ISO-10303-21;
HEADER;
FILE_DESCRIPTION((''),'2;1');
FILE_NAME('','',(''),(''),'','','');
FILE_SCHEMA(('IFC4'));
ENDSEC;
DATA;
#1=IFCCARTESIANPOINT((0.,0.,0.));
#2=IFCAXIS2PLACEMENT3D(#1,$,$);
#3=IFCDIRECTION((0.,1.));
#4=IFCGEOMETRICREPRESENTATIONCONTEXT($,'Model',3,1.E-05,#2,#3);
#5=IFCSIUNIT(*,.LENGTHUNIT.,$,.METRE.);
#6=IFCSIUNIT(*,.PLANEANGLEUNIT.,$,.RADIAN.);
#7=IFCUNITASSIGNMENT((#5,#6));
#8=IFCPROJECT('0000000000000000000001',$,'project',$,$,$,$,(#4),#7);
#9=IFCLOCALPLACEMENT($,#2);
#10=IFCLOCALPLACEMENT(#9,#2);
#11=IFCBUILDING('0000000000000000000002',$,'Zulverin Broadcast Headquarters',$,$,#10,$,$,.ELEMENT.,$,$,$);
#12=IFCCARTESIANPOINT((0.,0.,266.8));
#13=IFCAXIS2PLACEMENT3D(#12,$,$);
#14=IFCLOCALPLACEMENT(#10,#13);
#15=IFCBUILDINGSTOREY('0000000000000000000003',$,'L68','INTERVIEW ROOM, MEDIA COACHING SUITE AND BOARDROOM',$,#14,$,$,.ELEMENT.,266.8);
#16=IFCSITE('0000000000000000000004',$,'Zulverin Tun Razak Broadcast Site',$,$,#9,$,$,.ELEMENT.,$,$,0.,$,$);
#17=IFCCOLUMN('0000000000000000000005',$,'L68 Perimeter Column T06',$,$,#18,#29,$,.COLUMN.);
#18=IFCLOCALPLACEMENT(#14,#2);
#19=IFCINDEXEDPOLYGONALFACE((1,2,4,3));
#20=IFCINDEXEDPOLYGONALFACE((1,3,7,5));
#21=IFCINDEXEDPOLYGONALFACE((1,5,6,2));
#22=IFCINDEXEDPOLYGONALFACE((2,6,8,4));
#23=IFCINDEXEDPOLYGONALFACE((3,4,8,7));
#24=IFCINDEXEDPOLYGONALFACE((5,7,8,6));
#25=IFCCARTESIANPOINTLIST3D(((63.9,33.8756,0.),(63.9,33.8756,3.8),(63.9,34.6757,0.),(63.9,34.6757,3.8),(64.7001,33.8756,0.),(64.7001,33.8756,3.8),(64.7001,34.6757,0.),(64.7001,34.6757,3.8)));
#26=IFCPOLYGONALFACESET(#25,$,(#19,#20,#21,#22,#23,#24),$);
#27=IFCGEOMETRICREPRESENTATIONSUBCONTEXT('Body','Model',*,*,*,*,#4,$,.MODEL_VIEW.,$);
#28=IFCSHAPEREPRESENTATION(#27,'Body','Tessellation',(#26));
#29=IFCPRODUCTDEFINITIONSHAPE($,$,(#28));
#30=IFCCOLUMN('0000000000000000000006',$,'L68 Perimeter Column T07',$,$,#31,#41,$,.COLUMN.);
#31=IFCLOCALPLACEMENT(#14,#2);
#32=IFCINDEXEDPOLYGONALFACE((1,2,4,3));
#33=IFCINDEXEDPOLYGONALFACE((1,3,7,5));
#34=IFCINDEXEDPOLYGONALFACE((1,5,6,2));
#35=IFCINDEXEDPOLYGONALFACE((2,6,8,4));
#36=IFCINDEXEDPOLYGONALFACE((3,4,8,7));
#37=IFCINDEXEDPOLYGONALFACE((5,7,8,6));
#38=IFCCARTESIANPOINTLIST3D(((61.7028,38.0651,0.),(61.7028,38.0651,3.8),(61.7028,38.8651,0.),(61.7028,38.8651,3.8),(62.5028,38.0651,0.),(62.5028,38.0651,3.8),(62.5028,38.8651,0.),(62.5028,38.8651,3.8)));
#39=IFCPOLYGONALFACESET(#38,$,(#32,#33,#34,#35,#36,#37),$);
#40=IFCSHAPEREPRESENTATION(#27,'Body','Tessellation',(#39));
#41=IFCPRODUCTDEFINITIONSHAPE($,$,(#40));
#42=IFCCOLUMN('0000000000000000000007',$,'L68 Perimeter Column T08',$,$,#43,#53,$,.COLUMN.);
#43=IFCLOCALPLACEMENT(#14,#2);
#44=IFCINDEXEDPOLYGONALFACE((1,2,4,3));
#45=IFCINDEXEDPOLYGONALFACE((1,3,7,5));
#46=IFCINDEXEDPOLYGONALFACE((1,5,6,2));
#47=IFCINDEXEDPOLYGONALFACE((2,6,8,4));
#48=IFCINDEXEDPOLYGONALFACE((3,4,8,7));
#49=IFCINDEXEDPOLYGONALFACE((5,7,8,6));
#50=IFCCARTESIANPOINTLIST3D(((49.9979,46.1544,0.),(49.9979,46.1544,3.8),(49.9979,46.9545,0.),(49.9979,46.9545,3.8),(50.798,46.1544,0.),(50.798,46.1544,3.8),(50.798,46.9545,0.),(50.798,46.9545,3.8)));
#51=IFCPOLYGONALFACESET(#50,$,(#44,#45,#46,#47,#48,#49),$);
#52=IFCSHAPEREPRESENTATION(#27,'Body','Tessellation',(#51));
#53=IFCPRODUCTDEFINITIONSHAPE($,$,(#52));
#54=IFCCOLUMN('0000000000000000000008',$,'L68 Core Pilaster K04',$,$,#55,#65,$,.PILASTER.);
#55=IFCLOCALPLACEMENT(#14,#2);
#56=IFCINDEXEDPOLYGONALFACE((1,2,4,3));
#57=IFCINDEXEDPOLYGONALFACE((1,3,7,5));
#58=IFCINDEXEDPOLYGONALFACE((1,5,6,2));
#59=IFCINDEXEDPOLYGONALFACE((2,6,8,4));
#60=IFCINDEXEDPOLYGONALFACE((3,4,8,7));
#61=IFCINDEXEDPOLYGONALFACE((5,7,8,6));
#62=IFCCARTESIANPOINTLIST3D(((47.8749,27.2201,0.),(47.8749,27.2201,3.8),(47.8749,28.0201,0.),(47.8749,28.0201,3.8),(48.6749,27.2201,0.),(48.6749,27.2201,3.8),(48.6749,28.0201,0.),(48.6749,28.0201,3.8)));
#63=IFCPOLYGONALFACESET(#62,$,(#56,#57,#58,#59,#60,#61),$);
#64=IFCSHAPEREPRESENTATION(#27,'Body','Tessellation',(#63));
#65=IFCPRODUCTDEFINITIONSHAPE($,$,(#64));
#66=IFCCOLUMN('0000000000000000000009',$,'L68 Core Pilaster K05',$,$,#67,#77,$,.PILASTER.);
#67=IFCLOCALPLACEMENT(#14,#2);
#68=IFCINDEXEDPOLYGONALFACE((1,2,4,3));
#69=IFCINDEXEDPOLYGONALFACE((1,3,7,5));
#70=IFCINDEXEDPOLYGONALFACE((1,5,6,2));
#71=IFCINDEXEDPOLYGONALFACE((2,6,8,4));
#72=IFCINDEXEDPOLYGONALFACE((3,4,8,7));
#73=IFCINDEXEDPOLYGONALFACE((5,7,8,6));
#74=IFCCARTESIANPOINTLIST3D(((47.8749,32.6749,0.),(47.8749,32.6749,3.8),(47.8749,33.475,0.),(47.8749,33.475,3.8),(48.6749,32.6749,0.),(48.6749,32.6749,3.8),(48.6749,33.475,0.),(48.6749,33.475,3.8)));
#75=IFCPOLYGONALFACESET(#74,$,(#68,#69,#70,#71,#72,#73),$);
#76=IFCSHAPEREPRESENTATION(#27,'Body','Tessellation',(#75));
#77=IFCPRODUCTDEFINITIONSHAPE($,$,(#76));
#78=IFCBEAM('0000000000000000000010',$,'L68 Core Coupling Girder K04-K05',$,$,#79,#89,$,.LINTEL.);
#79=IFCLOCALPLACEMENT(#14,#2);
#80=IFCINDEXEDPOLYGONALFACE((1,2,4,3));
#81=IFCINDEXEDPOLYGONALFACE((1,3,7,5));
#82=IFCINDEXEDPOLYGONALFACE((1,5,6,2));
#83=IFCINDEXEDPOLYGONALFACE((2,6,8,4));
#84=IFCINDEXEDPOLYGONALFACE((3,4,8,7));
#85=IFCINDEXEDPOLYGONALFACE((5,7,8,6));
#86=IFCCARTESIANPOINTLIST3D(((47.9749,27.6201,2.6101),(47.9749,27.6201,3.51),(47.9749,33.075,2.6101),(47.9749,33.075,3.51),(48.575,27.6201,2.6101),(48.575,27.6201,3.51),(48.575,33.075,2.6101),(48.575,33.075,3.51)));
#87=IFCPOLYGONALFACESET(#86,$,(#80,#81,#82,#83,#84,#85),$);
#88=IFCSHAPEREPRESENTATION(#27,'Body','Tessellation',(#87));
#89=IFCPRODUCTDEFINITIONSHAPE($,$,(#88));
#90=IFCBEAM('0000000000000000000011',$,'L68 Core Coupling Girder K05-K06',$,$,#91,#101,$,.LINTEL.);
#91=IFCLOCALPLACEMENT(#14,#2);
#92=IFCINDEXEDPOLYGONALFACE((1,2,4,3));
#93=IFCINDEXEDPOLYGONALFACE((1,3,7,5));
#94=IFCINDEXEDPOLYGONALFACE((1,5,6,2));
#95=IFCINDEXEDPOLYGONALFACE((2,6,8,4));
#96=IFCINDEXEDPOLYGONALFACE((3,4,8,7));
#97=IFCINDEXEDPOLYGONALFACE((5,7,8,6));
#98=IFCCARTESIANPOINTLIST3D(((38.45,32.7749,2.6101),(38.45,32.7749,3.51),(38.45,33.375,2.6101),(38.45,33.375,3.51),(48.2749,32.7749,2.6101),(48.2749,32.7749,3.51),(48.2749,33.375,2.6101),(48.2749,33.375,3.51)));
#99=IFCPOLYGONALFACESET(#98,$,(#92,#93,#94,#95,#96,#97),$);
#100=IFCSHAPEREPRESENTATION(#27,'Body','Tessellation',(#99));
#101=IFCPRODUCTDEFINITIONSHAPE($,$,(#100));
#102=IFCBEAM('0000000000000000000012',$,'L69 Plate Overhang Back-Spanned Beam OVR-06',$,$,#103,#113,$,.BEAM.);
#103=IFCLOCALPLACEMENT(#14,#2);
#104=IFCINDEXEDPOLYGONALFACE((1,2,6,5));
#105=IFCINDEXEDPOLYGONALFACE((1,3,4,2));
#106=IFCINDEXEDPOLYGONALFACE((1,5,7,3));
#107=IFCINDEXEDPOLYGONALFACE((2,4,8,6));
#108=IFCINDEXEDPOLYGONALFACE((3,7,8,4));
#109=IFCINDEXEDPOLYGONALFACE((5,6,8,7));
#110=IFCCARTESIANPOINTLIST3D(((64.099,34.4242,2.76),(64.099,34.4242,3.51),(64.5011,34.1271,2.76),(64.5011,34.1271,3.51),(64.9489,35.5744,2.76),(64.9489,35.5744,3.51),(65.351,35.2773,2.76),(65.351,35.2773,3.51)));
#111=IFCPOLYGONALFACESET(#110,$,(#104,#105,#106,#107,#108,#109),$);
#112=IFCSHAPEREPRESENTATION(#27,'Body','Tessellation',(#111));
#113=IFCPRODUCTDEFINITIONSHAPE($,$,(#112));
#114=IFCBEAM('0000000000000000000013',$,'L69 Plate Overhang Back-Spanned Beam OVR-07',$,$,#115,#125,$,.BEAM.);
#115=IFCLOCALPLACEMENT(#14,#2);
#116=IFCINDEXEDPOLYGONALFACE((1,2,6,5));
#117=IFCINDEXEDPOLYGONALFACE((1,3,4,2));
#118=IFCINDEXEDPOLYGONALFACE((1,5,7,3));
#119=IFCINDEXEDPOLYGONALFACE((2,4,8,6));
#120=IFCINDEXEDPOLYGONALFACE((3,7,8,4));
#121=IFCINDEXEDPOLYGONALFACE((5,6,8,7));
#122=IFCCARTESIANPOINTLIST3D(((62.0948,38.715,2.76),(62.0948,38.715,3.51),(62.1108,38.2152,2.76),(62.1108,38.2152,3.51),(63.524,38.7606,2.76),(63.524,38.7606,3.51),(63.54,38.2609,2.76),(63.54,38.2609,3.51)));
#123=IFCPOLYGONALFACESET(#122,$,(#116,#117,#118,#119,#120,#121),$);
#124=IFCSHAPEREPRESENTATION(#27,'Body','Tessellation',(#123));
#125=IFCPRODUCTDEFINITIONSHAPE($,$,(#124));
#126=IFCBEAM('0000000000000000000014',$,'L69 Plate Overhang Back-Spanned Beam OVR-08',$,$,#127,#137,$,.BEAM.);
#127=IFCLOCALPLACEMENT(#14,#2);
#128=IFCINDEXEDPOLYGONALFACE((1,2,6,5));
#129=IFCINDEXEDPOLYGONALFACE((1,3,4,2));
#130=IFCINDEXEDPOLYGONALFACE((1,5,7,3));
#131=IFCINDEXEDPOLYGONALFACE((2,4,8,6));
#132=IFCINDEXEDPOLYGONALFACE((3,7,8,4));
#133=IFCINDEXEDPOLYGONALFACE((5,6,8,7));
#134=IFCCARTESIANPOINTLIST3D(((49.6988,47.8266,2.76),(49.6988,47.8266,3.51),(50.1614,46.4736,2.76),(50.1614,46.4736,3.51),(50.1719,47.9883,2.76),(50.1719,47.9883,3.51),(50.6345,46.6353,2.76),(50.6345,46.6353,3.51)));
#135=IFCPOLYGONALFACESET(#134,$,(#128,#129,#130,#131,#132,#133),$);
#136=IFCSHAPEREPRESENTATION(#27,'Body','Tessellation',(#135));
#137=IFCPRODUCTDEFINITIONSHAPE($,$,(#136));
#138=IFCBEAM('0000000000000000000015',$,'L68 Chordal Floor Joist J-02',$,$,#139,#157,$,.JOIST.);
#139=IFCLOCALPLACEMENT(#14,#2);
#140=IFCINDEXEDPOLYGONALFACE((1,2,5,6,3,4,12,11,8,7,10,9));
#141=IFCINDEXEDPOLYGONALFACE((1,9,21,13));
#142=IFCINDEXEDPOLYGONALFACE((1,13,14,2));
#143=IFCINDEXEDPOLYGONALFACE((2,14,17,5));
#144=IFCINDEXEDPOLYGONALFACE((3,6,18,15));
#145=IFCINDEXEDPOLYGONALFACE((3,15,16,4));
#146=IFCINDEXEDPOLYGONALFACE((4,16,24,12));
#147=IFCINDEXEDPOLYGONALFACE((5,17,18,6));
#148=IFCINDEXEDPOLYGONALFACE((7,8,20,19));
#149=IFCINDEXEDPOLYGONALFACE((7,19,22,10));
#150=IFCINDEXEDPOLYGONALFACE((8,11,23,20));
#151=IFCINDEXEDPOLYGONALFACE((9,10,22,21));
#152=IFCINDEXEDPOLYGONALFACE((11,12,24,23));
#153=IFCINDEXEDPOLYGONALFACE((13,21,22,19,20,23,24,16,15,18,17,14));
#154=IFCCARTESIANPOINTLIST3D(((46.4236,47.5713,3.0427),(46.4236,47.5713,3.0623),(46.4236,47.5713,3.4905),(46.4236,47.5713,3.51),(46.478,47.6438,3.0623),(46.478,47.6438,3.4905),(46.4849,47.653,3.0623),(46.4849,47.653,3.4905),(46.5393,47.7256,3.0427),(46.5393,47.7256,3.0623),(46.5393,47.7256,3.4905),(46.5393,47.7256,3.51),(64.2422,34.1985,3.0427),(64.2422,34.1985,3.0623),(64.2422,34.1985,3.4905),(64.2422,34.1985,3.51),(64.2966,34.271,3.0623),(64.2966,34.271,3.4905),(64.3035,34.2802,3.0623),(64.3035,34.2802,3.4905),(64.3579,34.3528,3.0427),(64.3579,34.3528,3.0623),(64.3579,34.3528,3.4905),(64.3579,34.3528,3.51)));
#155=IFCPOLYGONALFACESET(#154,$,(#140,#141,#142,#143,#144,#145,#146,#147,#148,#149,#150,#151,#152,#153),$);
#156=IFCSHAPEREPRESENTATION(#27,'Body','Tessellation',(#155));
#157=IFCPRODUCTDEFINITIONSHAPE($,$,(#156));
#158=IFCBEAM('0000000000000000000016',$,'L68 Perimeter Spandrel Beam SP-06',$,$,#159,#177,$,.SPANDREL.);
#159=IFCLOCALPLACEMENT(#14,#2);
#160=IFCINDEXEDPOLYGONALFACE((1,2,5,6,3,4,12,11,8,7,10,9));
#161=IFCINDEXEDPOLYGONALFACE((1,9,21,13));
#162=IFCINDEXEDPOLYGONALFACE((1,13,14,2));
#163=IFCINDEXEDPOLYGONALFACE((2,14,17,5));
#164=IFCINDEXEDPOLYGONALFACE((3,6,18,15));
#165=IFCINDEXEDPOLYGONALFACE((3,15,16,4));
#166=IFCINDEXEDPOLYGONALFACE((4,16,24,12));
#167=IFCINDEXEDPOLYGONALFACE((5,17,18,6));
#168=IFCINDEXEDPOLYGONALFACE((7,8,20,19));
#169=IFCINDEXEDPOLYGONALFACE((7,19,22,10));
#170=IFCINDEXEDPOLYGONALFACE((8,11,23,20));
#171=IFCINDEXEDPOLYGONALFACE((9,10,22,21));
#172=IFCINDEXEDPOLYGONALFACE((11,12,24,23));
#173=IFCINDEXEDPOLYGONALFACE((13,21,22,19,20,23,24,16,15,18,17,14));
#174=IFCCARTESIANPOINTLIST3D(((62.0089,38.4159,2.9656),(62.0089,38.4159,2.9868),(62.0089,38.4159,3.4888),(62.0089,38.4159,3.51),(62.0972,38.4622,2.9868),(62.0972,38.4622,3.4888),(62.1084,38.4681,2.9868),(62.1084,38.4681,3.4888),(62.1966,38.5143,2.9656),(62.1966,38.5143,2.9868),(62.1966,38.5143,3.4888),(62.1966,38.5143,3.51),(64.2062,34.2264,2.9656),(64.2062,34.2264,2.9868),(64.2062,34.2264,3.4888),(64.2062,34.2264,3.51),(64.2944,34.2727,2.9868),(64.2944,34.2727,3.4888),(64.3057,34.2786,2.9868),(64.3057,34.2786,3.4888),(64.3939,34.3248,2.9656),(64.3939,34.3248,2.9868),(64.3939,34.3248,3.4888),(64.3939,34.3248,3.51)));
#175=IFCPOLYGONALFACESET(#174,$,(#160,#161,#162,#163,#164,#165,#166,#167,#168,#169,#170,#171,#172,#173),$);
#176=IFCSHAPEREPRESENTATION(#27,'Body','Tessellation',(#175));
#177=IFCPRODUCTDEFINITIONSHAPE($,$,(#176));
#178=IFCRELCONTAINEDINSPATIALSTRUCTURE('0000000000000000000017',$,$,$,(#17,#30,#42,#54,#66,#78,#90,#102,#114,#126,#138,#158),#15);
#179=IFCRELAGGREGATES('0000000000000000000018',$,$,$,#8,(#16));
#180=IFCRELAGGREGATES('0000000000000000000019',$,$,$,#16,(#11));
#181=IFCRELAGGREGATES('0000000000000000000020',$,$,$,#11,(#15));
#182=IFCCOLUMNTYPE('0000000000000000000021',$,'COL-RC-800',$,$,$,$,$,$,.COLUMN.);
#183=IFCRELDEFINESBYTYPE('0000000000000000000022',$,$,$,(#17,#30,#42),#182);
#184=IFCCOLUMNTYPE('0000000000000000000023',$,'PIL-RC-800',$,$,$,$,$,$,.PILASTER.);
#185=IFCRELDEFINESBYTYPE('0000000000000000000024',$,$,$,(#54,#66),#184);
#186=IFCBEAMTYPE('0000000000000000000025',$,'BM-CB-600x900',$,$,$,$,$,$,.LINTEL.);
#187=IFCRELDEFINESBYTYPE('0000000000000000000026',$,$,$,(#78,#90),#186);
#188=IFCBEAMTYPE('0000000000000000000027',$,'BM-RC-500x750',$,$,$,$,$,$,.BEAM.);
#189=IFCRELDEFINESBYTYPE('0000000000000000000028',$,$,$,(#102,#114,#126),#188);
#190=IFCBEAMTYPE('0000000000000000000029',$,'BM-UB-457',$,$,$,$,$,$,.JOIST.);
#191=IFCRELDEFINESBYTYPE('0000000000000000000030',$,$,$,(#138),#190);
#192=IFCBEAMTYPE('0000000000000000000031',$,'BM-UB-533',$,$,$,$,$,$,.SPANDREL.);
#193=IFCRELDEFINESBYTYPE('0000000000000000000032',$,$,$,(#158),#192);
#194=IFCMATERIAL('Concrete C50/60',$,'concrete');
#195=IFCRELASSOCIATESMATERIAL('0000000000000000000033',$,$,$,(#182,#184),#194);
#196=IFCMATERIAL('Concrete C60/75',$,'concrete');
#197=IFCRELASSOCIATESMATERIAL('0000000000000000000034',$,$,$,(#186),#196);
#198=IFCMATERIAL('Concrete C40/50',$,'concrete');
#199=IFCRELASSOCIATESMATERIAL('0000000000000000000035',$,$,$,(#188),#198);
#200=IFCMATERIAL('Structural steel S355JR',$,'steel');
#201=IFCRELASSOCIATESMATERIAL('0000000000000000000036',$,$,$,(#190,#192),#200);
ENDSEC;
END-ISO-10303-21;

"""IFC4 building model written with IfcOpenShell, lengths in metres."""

from ifc_helpers import new_model, si_unit, direction, frame, origin, origin_2d, place, context, subcontext, project, spatial, rectangle, i_section, extrude, material, material_profile, profile_set, type_object, element, save


model = new_model("IFC4")

# Units and contexts
model_context = context("Model", 3, precision=1e-05, world=origin(), true_north=direction((0.0, 1.0)))
body_context = subcontext(model_context, "Body", "Model", "MODEL_VIEW")
ifc_project = project(units=[si_unit("LENGTHUNIT", "METRE"), si_unit("PLANEANGLEUNIT", "RADIAN")], contexts=[model_context])

# Site, building, storey
site_placement = place(None, origin())
site = spatial("IfcSite", under=ifc_project, at=site_placement, Name="Zulverin Tun Razak Broadcast Site", CompositionType="ELEMENT", RefElevation=0.0)
building_placement = place(site_placement, origin())
building = spatial("IfcBuilding", under=site, at=building_placement, Name="Zulverin Broadcast Headquarters", CompositionType="ELEMENT")
storey_placement = place(building_placement, frame((0.0, 0.0, 266.8)))
storey = spatial("IfcBuildingStorey", under=building, at=storey_placement, Name="L68", Description="INTERVIEW ROOM, MEDIA COACHING SUITE AND BOARDROOM", CompositionType="ELEMENT", Elevation=266.8)

# Columns
ifc_material_1 = material(Name="Concrete C50/60", Category="concrete")
ifc_material_profile_1 = material_profile(ifc_material_1, rectangle(XDim=0.8, YDim=0.8, at=origin_2d()), Name="Concrete C50/60", Category="concrete")
ifc_profile_set_1 = profile_set([ifc_material_profile_1], Name="Concrete C50/60")
column_type_1 = type_object("IfcColumnType", Name="COL-RC-800", PredefinedType="COLUMN", material=ifc_profile_set_1)
for number, where, z_axis, x_axis, name in (
    (1, (64.3, 34.2756, 0.0), (0.0, 0.0, 1.0), (1.0, 0.0, 0.0), "L68 Perimeter Column T06"),
    (2, (62.1028, 38.4651, 0.0), (0.0, 0.0, 1.0), (1.0, 0.0, 0.0), "L68 Perimeter Column T07"),
    (3, (50.3979, 46.5544, 0.0), (0.0, 0.0, 1.0), (1.0, 0.0, 0.0), "L68 Perimeter Column T08"),
):
    element("IfcColumn", number, at=place(storey_placement, frame(where, z_axis=z_axis, x_axis=x_axis)), inside=storey, type_object=column_type_1, Name=name, PredefinedType="COLUMN", context=body_context, shape_type="SweptSolid", body=[
        extrude(rectangle(XDim=0.8, YDim=0.8, at=origin_2d()), origin(), (0.0, 0.0, 1.0), 3.8),
    ])
ifc_material_profile_2 = material_profile(ifc_material_1, rectangle(XDim=0.8, YDim=0.8, at=origin_2d()), Name="Concrete C50/60", Category="concrete")
ifc_profile_set_2 = profile_set([ifc_material_profile_2], Name="Concrete C50/60")
column_type_2 = type_object("IfcColumnType", Name="PIL-RC-800", PredefinedType="PILASTER", material=ifc_profile_set_2)
for number, where, z_axis, x_axis, name in (
    (4, (48.2749, 27.6201, 0.0), (0.0, 0.0, 1.0), (1.0, 0.0, 0.0), "L68 Core Pilaster K04"),
    (5, (48.2749, 33.075, 0.0), (0.0, 0.0, 1.0), (1.0, 0.0, 0.0), "L68 Core Pilaster K05"),
):
    element("IfcColumn", number, at=place(storey_placement, frame(where, z_axis=z_axis, x_axis=x_axis)), inside=storey, type_object=column_type_2, Name=name, PredefinedType="PILASTER", context=body_context, shape_type="SweptSolid", body=[
        extrude(rectangle(XDim=0.8, YDim=0.8, at=origin_2d()), origin(), (0.0, 0.0, 1.0), 3.8),
    ])

# Beams
ifc_material_2 = material(Name="Concrete C60/75", Category="concrete")
ifc_material_profile_3 = material_profile(ifc_material_2, rectangle(XDim=0.6001, YDim=0.8999, at=origin_2d()), Name="Concrete C60/75", Category="concrete")
ifc_profile_set_3 = profile_set([ifc_material_profile_3], Name="Concrete C60/75")
beam_type_1 = type_object("IfcBeamType", Name="BM-CB-600x900", PredefinedType="LINTEL", material=ifc_profile_set_3)
beam_1_placement = place(storey_placement, frame((48.2749, 27.6201, 3.0601), z_axis=(0.0, 1.0, 0.0), x_axis=(-1.0, 0.0, 0.0)))
element("IfcBeam", 6, at=beam_1_placement, inside=storey, type_object=beam_type_1, Name="L68 Core Coupling Girder K04-K05", PredefinedType="LINTEL", context=body_context, shape_type="SweptSolid", body=[
    extrude(rectangle(XDim=0.6001, YDim=0.8999, at=origin_2d()), origin(), (0.0, 0.0, 1.0), 5.4548),
])
beam_2_placement = place(storey_placement, frame((48.2749, 33.075, 3.0601), z_axis=(-1.0, 0.0, 0.0), x_axis=(0.0, -1.0, 0.0)))
element("IfcBeam", 7, at=beam_2_placement, inside=storey, type_object=beam_type_1, Name="L68 Core Coupling Girder K05-K06", PredefinedType="LINTEL", context=body_context, shape_type="SweptSolid", body=[
    extrude(rectangle(XDim=0.6001, YDim=0.8999, at=origin_2d()), origin(), (0.0, 0.0, 1.0), 9.825),
])
ifc_material_3 = material(Name="Concrete C40/50", Category="concrete")
ifc_material_profile_4 = material_profile(ifc_material_3, rectangle(XDim=0.5, YDim=0.75, at=origin_2d()), Name="Concrete C40/50", Category="concrete")
ifc_profile_set_4 = profile_set([ifc_material_profile_4], Name="Concrete C40/50")
beam_type_2 = type_object("IfcBeamType", Name="BM-RC-500x750", PredefinedType="BEAM", material=ifc_profile_set_4)
beam_3_placement = place(storey_placement, frame((64.3, 34.2756, 3.135), z_axis=(0.594276, 0.804261, 0.0), x_axis=(-0.804261, 0.594276, 0.0)))
element("IfcBeam", 8, at=beam_3_placement, inside=storey, type_object=beam_type_2, Name="L69 Plate Overhang Back-Spanned Beam OVR-06", PredefinedType="BEAM", context=body_context, shape_type="SweptSolid", body=[
    extrude(rectangle(XDim=0.5, YDim=0.75, at=origin_2d()), origin(), (0.0, 0.0, 1.0), 1.4302),
])
for number, where, z_axis, x_axis, name in (
    (9, (62.1028, 38.4651, 3.135), (0.99949, 0.031928, 0.0), (-0.031928, 0.99949, 0.0), "L69 Plate Overhang Back-Spanned Beam OVR-07"),
    (10, (50.3979, 46.5544, 3.135), (-0.323543, 0.946214, 0.0), (-0.946214, -0.323543, 0.0), "L69 Plate Overhang Back-Spanned Beam OVR-08"),
):
    element("IfcBeam", number, at=place(storey_placement, frame(where, z_axis=z_axis, x_axis=x_axis)), inside=storey, type_object=beam_type_2, Name=name, PredefinedType="BEAM", context=body_context, shape_type="SweptSolid", body=[
        extrude(rectangle(XDim=0.5, YDim=0.75, at=origin_2d()), origin(), (0.0, 0.0, 1.0), 1.4299),
    ])
ifc_material_4 = material(Name="Structural steel S355JR", Category="steel")
ifc_material_profile_5 = material_profile(ifc_material_4, i_section(OverallWidth=0.1929, OverallDepth=0.4673, WebThickness=0.0115, FlangeThickness=0.0195, at=origin_2d()), Name="Structural steel S355JR", Category="steel")
ifc_profile_set_5 = profile_set([ifc_material_profile_5], Name="Structural steel S355JR")
beam_type_3 = type_object("IfcBeamType", Name="BM-UB-457", PredefinedType="JOIST", material=ifc_profile_set_5)
beam_4_placement = place(storey_placement, frame((64.3, 34.2756, 3.2764), z_axis=(-0.799809, 0.600254, 0.0), x_axis=(-0.600254, -0.799809, 0.0)))
element("IfcBeam", 11, at=beam_4_placement, inside=storey, type_object=beam_type_3, Name="L68 Chordal Floor Joist J-02", PredefinedType="JOIST", context=body_context, shape_type="SweptSolid", body=[
    extrude(i_section(OverallWidth=0.1929, OverallDepth=0.4673, WebThickness=0.0115, FlangeThickness=0.0195, at=origin_2d()), origin(), (0.0, 0.0, 1.0), 22.2786),
])
ifc_material_profile_6 = material_profile(ifc_material_4, i_section(OverallWidth=0.2119, OverallDepth=0.5444, WebThickness=0.0127, FlangeThickness=0.0212, at=origin_2d()), Name="Structural steel S355JR", Category="steel")
ifc_profile_set_6 = profile_set([ifc_material_profile_6], Name="Structural steel S355JR")
beam_type_4 = type_object("IfcBeamType", Name="BM-UB-533", PredefinedType="SPANDREL", material=ifc_profile_set_6)
beam_5_placement = place(storey_placement, frame((64.3, 34.2756, 3.2378), z_axis=(-0.46447, 0.885589, 0.0), x_axis=(-0.885589, -0.46447, 0.0)))
element("IfcBeam", 12, at=beam_5_placement, inside=storey, type_object=beam_type_4, Name="L68 Perimeter Spandrel Beam SP-06", PredefinedType="SPANDREL", context=body_context, shape_type="SweptSolid", body=[
    extrude(i_section(OverallWidth=0.2119, OverallDepth=0.5444, WebThickness=0.0127, FlangeThickness=0.0212, at=origin_2d()), origin(), (0.0, 0.0, 1.0), 4.7307),
])

save(model, "model.ifc")
